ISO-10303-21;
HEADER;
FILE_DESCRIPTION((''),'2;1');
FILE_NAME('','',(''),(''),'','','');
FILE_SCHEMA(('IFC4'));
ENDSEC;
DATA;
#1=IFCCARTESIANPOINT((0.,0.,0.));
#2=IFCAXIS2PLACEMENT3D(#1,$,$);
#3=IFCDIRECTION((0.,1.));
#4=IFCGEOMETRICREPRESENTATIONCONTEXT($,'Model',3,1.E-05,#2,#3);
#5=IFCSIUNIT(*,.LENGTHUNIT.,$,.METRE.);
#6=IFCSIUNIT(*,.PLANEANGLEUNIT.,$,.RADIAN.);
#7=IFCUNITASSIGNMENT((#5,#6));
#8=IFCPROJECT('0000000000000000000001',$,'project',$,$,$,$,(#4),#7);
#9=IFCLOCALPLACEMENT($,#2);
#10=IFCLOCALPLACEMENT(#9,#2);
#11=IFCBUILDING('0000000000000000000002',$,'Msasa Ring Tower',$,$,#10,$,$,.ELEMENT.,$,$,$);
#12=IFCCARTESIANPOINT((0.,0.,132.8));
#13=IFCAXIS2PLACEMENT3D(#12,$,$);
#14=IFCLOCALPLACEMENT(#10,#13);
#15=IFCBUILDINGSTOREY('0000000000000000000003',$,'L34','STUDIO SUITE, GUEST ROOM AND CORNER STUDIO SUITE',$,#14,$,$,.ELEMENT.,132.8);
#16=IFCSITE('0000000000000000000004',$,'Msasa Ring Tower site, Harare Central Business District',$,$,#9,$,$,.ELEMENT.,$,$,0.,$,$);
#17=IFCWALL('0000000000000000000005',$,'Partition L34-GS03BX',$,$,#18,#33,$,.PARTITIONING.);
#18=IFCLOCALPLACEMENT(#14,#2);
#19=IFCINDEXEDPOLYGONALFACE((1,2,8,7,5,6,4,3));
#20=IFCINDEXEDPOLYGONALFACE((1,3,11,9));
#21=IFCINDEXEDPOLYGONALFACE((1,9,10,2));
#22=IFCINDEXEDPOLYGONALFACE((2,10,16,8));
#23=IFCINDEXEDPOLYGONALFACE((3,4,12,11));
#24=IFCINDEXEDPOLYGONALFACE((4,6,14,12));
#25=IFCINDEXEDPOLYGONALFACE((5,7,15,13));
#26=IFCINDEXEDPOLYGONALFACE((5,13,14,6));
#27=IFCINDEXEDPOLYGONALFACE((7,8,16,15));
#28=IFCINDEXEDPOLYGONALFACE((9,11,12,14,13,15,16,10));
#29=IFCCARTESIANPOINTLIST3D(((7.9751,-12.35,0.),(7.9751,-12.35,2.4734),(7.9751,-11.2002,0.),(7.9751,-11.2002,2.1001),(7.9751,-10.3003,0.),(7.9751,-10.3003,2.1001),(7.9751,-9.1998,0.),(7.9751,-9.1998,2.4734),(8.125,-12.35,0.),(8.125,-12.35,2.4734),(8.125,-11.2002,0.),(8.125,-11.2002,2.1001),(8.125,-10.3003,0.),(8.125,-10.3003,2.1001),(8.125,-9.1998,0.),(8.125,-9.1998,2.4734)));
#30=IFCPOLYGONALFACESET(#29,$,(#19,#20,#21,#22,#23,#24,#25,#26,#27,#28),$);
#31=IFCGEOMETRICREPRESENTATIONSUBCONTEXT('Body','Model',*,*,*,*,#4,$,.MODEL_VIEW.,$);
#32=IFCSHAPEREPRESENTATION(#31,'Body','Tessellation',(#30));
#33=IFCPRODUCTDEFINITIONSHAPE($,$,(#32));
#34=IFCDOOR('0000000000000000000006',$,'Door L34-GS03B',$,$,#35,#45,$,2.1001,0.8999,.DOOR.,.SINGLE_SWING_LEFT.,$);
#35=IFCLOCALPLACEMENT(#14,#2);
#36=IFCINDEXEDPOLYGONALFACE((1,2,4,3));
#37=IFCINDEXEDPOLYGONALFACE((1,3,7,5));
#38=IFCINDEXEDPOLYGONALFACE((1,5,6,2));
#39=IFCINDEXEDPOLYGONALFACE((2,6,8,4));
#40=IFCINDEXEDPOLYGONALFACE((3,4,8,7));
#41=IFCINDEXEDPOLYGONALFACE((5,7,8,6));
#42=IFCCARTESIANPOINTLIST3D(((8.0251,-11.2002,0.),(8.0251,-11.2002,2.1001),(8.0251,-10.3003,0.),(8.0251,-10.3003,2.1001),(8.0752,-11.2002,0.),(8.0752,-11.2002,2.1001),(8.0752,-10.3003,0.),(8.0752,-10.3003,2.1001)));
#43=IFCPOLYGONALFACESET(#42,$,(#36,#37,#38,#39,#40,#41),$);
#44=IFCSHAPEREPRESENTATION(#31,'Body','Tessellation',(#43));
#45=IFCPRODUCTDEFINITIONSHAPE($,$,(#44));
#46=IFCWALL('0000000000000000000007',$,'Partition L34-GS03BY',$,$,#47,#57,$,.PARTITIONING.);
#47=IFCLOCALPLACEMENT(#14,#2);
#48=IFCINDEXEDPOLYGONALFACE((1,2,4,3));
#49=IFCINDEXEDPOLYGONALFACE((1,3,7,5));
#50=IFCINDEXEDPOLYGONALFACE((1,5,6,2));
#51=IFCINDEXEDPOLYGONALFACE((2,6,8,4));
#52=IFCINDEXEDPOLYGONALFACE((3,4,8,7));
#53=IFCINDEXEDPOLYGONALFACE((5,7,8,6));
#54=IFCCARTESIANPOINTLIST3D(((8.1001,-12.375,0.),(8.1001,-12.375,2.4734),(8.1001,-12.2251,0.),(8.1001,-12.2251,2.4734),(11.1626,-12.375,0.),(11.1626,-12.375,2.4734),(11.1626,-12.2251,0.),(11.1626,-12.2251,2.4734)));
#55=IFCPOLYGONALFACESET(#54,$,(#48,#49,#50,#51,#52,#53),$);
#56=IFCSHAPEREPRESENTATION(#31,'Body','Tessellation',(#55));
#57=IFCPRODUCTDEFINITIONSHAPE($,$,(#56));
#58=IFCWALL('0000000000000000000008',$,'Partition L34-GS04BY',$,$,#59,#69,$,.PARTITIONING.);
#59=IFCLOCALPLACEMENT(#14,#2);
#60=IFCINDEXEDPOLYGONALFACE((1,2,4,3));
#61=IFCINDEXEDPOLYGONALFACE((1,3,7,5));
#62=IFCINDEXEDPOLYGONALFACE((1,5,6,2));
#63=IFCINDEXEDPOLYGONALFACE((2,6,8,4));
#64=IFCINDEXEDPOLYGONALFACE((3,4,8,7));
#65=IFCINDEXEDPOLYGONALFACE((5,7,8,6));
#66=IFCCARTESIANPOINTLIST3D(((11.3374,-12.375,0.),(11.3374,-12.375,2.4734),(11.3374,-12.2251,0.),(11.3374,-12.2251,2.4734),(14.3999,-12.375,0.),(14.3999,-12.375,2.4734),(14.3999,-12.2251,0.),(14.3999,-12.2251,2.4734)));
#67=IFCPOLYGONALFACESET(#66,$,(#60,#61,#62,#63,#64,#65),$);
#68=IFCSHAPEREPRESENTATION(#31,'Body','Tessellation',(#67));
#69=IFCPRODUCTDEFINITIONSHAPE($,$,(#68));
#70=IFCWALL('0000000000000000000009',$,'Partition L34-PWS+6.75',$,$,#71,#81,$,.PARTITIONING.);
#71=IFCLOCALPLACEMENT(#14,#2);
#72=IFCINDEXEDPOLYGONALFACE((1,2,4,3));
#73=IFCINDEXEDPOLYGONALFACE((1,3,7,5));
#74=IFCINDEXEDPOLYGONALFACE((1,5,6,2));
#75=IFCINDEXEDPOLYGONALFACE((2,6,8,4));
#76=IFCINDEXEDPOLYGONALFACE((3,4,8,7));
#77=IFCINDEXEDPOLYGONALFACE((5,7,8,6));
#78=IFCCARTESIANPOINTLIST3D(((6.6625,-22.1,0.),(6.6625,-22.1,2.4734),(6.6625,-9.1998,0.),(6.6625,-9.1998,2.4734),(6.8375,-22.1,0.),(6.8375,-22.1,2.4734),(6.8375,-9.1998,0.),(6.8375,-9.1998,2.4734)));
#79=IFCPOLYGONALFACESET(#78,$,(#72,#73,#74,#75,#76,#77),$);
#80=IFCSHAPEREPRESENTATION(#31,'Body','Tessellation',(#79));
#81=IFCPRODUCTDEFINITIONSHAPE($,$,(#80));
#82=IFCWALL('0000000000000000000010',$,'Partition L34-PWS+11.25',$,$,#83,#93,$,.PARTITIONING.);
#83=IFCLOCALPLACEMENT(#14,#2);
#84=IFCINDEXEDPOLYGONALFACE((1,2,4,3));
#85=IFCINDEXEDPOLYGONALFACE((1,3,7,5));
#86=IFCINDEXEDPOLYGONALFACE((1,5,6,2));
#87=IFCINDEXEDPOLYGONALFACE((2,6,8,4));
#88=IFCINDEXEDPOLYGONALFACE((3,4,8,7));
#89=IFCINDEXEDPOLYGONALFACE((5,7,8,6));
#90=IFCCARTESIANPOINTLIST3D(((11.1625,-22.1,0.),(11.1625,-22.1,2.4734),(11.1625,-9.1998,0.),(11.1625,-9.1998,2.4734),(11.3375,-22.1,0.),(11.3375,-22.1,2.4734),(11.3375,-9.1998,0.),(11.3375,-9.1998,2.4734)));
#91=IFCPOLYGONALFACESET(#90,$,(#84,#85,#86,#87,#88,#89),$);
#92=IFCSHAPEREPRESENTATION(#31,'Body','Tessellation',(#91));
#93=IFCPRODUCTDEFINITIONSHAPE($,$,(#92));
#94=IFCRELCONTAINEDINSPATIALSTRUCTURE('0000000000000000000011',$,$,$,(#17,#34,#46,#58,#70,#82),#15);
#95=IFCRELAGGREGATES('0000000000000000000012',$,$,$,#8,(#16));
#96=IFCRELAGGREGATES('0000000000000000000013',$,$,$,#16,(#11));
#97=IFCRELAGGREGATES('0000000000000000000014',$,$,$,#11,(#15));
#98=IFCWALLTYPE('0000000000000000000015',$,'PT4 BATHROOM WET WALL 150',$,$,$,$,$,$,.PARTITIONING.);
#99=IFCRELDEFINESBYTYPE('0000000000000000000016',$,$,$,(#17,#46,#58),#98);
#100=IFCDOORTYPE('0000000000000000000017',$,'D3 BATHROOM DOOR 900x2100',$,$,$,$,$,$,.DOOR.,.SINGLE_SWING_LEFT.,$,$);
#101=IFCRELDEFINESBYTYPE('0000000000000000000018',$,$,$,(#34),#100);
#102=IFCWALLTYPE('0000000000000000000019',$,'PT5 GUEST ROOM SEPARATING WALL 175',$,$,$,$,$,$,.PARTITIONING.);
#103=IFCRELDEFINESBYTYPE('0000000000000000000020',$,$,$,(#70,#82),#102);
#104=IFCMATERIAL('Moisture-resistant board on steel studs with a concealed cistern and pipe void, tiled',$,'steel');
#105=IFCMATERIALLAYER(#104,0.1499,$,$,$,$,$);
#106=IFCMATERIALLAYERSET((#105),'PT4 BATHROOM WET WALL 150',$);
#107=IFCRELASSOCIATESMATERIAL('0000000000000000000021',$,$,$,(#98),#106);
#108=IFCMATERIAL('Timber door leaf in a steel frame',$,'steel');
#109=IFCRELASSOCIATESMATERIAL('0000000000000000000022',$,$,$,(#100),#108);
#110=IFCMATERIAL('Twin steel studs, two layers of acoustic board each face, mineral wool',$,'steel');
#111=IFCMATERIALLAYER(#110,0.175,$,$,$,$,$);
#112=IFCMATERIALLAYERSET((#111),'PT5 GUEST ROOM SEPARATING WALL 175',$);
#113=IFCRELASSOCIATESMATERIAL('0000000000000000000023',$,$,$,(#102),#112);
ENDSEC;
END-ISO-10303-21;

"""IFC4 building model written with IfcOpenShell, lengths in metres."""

from ifc_helpers import new_model, si_unit, direction, frame, frame_2d, origin, place, context, subcontext, project, spatial, rectangle, extrude, material, layer, layer_set, type_object, element, fill, save


model = new_model("IFC4")

# Units and contexts
model_context = context("Model", 3, precision=1e-05, world=origin(), true_north=direction((0.0, 1.0)))
body_context = subcontext(model_context, "Body", "Model", "MODEL_VIEW")
ifc_project = project(units=[si_unit("LENGTHUNIT", "METRE"), si_unit("PLANEANGLEUNIT", "RADIAN")], contexts=[model_context])

# Site, building, storey
site_placement = place(None, origin())
site = spatial("IfcSite", under=ifc_project, at=site_placement, Name="Msasa Ring Tower site, Harare Central Business District", CompositionType="ELEMENT", RefElevation=0.0)
building_placement = place(site_placement, origin())
building = spatial("IfcBuilding", under=site, at=building_placement, Name="Msasa Ring Tower", CompositionType="ELEMENT")
storey_placement = place(building_placement, frame((0.0, 0.0, 132.8)))
storey = spatial("IfcBuildingStorey", under=building, at=storey_placement, Name="L34", Description="STUDIO SUITE, GUEST ROOM AND CORNER STUDIO SUITE", CompositionType="ELEMENT", Elevation=132.8)

# Shared definitions
ifc_material_1 = material(Name="Moisture-resistant board on steel studs with a concealed cistern and pipe void, tiled", Category="steel")
ifc_layer_1 = layer(ifc_material_1, 0.1499)
ifc_layer_set_1 = layer_set([ifc_layer_1], Name="PT4 BATHROOM WET WALL 150")
wall_type_1 = type_object("IfcWallType", Name="PT4 BATHROOM WET WALL 150", PredefinedType="PARTITIONING", material=ifc_layer_set_1)
ifc_material_2 = material(Name="Timber door leaf in a steel frame", Category="steel")
door_type = type_object("IfcDoorType", Name="D3 BATHROOM DOOR 900x2100", OperationType="SINGLE_SWING_LEFT", PredefinedType="DOOR", material=ifc_material_2)

# Wall, opening, door
wall_1_placement = place(storey_placement, frame((8.05, -12.3501, 0.0), z_axis=(0.0, 0.0, 1.0), x_axis=(0.0, 1.0, 0.0)))
wall_1 = element("IfcWall", 1, at=wall_1_placement, inside=storey, type_object=wall_type_1, Name="Partition L34-GS03BX", PredefinedType="PARTITIONING", context=body_context, shape_type="SweptSolid", body=[
    extrude(rectangle(XDim=3.1501, YDim=0.1499, at=frame_2d((1.5752, 0.0))), origin(), (0.0, 0.0, 1.0), 2.4734),
])
opening_1_placement = place(wall_1_placement, frame((1.1499, 0.0, 0.0)))
opening_1 = element("IfcOpeningElement", 2, at=opening_1_placement, cuts=wall_1, PredefinedType="OPENING", context=body_context, shape_type="SweptSolid", body=[
    extrude(rectangle(XDim=0.8999, YDim=2.1001, at=frame_2d((0.45, 1.05))), frame((0.0, 0.085, 0.0), z_axis=(0.0, -1.0, 0.0), x_axis=(1.0, 0.0, 0.0)), (0.0, 0.0, 1.0), 0.1699),
])
door_1_placement = place(opening_1_placement, origin())
door_1 = element("IfcDoor", 3, at=door_1_placement, inside=storey, type_object=door_type, Name="Door L34-GS03B", OperationType="SINGLE_SWING_LEFT", OverallHeight=2.1001, OverallWidth=0.8999, PredefinedType="DOOR", context=body_context, shape_type="SweptSolid", body=[
    extrude(rectangle(XDim=0.8999, YDim=2.1001, at=frame_2d((0.45, 1.05))), frame((0.0, 0.0249, 0.0), z_axis=(0.0, -1.0, 0.0), x_axis=(1.0, 0.0, 0.0)), (0.0, 0.0, 1.0), 0.05),
])
fill(opening_1, door_1)

# Walls
for number, where, z_axis, x_axis, name in (
    (4, (8.1001, -12.3, 0.0), (0.0, 0.0, 1.0), (1.0, 0.0, 0.0), "Partition L34-GS03BY"),
    (5, (11.3374, -12.3, 0.0), (0.0, 0.0, 1.0), (1.0, 0.0, 0.0), "Partition L34-GS04BY"),
):
    element("IfcWall", number, at=place(storey_placement, frame(where, z_axis=z_axis, x_axis=x_axis)), inside=storey, type_object=wall_type_1, Name=name, PredefinedType="PARTITIONING", context=body_context, shape_type="SweptSolid", body=[
        extrude(rectangle(XDim=3.0625, YDim=0.1499, at=frame_2d((1.5312, 0.0))), origin(), (0.0, 0.0, 1.0), 2.4734),
    ])
ifc_material_3 = material(Name="Twin steel studs, two layers of acoustic board each face, mineral wool", Category="steel")
ifc_layer_2 = layer(ifc_material_3, 0.175)
ifc_layer_set_2 = layer_set([ifc_layer_2], Name="PT5 GUEST ROOM SEPARATING WALL 175")
wall_type_2 = type_object("IfcWallType", Name="PT5 GUEST ROOM SEPARATING WALL 175", PredefinedType="PARTITIONING", material=ifc_layer_set_2)
for number, where, z_axis, x_axis, name in (
    (6, (6.75, -22.1001, 0.0), (0.0, 0.0, 1.0), (0.0, 1.0, 0.0), "Partition L34-PWS+6.75"),
    (7, (11.25, -22.1001, 0.0), (0.0, 0.0, 1.0), (0.0, 1.0, 0.0), "Partition L34-PWS+11.25"),
):
    element("IfcWall", number, at=place(storey_placement, frame(where, z_axis=z_axis, x_axis=x_axis)), inside=storey, type_object=wall_type_2, Name=name, PredefinedType="PARTITIONING", context=body_context, shape_type="SweptSolid", body=[
        extrude(rectangle(XDim=12.9001, YDim=0.175, at=frame_2d((6.4502, 0.0))), origin(), (0.0, 0.0, 1.0), 2.4734),
    ])

save(model, "model.ifc")
